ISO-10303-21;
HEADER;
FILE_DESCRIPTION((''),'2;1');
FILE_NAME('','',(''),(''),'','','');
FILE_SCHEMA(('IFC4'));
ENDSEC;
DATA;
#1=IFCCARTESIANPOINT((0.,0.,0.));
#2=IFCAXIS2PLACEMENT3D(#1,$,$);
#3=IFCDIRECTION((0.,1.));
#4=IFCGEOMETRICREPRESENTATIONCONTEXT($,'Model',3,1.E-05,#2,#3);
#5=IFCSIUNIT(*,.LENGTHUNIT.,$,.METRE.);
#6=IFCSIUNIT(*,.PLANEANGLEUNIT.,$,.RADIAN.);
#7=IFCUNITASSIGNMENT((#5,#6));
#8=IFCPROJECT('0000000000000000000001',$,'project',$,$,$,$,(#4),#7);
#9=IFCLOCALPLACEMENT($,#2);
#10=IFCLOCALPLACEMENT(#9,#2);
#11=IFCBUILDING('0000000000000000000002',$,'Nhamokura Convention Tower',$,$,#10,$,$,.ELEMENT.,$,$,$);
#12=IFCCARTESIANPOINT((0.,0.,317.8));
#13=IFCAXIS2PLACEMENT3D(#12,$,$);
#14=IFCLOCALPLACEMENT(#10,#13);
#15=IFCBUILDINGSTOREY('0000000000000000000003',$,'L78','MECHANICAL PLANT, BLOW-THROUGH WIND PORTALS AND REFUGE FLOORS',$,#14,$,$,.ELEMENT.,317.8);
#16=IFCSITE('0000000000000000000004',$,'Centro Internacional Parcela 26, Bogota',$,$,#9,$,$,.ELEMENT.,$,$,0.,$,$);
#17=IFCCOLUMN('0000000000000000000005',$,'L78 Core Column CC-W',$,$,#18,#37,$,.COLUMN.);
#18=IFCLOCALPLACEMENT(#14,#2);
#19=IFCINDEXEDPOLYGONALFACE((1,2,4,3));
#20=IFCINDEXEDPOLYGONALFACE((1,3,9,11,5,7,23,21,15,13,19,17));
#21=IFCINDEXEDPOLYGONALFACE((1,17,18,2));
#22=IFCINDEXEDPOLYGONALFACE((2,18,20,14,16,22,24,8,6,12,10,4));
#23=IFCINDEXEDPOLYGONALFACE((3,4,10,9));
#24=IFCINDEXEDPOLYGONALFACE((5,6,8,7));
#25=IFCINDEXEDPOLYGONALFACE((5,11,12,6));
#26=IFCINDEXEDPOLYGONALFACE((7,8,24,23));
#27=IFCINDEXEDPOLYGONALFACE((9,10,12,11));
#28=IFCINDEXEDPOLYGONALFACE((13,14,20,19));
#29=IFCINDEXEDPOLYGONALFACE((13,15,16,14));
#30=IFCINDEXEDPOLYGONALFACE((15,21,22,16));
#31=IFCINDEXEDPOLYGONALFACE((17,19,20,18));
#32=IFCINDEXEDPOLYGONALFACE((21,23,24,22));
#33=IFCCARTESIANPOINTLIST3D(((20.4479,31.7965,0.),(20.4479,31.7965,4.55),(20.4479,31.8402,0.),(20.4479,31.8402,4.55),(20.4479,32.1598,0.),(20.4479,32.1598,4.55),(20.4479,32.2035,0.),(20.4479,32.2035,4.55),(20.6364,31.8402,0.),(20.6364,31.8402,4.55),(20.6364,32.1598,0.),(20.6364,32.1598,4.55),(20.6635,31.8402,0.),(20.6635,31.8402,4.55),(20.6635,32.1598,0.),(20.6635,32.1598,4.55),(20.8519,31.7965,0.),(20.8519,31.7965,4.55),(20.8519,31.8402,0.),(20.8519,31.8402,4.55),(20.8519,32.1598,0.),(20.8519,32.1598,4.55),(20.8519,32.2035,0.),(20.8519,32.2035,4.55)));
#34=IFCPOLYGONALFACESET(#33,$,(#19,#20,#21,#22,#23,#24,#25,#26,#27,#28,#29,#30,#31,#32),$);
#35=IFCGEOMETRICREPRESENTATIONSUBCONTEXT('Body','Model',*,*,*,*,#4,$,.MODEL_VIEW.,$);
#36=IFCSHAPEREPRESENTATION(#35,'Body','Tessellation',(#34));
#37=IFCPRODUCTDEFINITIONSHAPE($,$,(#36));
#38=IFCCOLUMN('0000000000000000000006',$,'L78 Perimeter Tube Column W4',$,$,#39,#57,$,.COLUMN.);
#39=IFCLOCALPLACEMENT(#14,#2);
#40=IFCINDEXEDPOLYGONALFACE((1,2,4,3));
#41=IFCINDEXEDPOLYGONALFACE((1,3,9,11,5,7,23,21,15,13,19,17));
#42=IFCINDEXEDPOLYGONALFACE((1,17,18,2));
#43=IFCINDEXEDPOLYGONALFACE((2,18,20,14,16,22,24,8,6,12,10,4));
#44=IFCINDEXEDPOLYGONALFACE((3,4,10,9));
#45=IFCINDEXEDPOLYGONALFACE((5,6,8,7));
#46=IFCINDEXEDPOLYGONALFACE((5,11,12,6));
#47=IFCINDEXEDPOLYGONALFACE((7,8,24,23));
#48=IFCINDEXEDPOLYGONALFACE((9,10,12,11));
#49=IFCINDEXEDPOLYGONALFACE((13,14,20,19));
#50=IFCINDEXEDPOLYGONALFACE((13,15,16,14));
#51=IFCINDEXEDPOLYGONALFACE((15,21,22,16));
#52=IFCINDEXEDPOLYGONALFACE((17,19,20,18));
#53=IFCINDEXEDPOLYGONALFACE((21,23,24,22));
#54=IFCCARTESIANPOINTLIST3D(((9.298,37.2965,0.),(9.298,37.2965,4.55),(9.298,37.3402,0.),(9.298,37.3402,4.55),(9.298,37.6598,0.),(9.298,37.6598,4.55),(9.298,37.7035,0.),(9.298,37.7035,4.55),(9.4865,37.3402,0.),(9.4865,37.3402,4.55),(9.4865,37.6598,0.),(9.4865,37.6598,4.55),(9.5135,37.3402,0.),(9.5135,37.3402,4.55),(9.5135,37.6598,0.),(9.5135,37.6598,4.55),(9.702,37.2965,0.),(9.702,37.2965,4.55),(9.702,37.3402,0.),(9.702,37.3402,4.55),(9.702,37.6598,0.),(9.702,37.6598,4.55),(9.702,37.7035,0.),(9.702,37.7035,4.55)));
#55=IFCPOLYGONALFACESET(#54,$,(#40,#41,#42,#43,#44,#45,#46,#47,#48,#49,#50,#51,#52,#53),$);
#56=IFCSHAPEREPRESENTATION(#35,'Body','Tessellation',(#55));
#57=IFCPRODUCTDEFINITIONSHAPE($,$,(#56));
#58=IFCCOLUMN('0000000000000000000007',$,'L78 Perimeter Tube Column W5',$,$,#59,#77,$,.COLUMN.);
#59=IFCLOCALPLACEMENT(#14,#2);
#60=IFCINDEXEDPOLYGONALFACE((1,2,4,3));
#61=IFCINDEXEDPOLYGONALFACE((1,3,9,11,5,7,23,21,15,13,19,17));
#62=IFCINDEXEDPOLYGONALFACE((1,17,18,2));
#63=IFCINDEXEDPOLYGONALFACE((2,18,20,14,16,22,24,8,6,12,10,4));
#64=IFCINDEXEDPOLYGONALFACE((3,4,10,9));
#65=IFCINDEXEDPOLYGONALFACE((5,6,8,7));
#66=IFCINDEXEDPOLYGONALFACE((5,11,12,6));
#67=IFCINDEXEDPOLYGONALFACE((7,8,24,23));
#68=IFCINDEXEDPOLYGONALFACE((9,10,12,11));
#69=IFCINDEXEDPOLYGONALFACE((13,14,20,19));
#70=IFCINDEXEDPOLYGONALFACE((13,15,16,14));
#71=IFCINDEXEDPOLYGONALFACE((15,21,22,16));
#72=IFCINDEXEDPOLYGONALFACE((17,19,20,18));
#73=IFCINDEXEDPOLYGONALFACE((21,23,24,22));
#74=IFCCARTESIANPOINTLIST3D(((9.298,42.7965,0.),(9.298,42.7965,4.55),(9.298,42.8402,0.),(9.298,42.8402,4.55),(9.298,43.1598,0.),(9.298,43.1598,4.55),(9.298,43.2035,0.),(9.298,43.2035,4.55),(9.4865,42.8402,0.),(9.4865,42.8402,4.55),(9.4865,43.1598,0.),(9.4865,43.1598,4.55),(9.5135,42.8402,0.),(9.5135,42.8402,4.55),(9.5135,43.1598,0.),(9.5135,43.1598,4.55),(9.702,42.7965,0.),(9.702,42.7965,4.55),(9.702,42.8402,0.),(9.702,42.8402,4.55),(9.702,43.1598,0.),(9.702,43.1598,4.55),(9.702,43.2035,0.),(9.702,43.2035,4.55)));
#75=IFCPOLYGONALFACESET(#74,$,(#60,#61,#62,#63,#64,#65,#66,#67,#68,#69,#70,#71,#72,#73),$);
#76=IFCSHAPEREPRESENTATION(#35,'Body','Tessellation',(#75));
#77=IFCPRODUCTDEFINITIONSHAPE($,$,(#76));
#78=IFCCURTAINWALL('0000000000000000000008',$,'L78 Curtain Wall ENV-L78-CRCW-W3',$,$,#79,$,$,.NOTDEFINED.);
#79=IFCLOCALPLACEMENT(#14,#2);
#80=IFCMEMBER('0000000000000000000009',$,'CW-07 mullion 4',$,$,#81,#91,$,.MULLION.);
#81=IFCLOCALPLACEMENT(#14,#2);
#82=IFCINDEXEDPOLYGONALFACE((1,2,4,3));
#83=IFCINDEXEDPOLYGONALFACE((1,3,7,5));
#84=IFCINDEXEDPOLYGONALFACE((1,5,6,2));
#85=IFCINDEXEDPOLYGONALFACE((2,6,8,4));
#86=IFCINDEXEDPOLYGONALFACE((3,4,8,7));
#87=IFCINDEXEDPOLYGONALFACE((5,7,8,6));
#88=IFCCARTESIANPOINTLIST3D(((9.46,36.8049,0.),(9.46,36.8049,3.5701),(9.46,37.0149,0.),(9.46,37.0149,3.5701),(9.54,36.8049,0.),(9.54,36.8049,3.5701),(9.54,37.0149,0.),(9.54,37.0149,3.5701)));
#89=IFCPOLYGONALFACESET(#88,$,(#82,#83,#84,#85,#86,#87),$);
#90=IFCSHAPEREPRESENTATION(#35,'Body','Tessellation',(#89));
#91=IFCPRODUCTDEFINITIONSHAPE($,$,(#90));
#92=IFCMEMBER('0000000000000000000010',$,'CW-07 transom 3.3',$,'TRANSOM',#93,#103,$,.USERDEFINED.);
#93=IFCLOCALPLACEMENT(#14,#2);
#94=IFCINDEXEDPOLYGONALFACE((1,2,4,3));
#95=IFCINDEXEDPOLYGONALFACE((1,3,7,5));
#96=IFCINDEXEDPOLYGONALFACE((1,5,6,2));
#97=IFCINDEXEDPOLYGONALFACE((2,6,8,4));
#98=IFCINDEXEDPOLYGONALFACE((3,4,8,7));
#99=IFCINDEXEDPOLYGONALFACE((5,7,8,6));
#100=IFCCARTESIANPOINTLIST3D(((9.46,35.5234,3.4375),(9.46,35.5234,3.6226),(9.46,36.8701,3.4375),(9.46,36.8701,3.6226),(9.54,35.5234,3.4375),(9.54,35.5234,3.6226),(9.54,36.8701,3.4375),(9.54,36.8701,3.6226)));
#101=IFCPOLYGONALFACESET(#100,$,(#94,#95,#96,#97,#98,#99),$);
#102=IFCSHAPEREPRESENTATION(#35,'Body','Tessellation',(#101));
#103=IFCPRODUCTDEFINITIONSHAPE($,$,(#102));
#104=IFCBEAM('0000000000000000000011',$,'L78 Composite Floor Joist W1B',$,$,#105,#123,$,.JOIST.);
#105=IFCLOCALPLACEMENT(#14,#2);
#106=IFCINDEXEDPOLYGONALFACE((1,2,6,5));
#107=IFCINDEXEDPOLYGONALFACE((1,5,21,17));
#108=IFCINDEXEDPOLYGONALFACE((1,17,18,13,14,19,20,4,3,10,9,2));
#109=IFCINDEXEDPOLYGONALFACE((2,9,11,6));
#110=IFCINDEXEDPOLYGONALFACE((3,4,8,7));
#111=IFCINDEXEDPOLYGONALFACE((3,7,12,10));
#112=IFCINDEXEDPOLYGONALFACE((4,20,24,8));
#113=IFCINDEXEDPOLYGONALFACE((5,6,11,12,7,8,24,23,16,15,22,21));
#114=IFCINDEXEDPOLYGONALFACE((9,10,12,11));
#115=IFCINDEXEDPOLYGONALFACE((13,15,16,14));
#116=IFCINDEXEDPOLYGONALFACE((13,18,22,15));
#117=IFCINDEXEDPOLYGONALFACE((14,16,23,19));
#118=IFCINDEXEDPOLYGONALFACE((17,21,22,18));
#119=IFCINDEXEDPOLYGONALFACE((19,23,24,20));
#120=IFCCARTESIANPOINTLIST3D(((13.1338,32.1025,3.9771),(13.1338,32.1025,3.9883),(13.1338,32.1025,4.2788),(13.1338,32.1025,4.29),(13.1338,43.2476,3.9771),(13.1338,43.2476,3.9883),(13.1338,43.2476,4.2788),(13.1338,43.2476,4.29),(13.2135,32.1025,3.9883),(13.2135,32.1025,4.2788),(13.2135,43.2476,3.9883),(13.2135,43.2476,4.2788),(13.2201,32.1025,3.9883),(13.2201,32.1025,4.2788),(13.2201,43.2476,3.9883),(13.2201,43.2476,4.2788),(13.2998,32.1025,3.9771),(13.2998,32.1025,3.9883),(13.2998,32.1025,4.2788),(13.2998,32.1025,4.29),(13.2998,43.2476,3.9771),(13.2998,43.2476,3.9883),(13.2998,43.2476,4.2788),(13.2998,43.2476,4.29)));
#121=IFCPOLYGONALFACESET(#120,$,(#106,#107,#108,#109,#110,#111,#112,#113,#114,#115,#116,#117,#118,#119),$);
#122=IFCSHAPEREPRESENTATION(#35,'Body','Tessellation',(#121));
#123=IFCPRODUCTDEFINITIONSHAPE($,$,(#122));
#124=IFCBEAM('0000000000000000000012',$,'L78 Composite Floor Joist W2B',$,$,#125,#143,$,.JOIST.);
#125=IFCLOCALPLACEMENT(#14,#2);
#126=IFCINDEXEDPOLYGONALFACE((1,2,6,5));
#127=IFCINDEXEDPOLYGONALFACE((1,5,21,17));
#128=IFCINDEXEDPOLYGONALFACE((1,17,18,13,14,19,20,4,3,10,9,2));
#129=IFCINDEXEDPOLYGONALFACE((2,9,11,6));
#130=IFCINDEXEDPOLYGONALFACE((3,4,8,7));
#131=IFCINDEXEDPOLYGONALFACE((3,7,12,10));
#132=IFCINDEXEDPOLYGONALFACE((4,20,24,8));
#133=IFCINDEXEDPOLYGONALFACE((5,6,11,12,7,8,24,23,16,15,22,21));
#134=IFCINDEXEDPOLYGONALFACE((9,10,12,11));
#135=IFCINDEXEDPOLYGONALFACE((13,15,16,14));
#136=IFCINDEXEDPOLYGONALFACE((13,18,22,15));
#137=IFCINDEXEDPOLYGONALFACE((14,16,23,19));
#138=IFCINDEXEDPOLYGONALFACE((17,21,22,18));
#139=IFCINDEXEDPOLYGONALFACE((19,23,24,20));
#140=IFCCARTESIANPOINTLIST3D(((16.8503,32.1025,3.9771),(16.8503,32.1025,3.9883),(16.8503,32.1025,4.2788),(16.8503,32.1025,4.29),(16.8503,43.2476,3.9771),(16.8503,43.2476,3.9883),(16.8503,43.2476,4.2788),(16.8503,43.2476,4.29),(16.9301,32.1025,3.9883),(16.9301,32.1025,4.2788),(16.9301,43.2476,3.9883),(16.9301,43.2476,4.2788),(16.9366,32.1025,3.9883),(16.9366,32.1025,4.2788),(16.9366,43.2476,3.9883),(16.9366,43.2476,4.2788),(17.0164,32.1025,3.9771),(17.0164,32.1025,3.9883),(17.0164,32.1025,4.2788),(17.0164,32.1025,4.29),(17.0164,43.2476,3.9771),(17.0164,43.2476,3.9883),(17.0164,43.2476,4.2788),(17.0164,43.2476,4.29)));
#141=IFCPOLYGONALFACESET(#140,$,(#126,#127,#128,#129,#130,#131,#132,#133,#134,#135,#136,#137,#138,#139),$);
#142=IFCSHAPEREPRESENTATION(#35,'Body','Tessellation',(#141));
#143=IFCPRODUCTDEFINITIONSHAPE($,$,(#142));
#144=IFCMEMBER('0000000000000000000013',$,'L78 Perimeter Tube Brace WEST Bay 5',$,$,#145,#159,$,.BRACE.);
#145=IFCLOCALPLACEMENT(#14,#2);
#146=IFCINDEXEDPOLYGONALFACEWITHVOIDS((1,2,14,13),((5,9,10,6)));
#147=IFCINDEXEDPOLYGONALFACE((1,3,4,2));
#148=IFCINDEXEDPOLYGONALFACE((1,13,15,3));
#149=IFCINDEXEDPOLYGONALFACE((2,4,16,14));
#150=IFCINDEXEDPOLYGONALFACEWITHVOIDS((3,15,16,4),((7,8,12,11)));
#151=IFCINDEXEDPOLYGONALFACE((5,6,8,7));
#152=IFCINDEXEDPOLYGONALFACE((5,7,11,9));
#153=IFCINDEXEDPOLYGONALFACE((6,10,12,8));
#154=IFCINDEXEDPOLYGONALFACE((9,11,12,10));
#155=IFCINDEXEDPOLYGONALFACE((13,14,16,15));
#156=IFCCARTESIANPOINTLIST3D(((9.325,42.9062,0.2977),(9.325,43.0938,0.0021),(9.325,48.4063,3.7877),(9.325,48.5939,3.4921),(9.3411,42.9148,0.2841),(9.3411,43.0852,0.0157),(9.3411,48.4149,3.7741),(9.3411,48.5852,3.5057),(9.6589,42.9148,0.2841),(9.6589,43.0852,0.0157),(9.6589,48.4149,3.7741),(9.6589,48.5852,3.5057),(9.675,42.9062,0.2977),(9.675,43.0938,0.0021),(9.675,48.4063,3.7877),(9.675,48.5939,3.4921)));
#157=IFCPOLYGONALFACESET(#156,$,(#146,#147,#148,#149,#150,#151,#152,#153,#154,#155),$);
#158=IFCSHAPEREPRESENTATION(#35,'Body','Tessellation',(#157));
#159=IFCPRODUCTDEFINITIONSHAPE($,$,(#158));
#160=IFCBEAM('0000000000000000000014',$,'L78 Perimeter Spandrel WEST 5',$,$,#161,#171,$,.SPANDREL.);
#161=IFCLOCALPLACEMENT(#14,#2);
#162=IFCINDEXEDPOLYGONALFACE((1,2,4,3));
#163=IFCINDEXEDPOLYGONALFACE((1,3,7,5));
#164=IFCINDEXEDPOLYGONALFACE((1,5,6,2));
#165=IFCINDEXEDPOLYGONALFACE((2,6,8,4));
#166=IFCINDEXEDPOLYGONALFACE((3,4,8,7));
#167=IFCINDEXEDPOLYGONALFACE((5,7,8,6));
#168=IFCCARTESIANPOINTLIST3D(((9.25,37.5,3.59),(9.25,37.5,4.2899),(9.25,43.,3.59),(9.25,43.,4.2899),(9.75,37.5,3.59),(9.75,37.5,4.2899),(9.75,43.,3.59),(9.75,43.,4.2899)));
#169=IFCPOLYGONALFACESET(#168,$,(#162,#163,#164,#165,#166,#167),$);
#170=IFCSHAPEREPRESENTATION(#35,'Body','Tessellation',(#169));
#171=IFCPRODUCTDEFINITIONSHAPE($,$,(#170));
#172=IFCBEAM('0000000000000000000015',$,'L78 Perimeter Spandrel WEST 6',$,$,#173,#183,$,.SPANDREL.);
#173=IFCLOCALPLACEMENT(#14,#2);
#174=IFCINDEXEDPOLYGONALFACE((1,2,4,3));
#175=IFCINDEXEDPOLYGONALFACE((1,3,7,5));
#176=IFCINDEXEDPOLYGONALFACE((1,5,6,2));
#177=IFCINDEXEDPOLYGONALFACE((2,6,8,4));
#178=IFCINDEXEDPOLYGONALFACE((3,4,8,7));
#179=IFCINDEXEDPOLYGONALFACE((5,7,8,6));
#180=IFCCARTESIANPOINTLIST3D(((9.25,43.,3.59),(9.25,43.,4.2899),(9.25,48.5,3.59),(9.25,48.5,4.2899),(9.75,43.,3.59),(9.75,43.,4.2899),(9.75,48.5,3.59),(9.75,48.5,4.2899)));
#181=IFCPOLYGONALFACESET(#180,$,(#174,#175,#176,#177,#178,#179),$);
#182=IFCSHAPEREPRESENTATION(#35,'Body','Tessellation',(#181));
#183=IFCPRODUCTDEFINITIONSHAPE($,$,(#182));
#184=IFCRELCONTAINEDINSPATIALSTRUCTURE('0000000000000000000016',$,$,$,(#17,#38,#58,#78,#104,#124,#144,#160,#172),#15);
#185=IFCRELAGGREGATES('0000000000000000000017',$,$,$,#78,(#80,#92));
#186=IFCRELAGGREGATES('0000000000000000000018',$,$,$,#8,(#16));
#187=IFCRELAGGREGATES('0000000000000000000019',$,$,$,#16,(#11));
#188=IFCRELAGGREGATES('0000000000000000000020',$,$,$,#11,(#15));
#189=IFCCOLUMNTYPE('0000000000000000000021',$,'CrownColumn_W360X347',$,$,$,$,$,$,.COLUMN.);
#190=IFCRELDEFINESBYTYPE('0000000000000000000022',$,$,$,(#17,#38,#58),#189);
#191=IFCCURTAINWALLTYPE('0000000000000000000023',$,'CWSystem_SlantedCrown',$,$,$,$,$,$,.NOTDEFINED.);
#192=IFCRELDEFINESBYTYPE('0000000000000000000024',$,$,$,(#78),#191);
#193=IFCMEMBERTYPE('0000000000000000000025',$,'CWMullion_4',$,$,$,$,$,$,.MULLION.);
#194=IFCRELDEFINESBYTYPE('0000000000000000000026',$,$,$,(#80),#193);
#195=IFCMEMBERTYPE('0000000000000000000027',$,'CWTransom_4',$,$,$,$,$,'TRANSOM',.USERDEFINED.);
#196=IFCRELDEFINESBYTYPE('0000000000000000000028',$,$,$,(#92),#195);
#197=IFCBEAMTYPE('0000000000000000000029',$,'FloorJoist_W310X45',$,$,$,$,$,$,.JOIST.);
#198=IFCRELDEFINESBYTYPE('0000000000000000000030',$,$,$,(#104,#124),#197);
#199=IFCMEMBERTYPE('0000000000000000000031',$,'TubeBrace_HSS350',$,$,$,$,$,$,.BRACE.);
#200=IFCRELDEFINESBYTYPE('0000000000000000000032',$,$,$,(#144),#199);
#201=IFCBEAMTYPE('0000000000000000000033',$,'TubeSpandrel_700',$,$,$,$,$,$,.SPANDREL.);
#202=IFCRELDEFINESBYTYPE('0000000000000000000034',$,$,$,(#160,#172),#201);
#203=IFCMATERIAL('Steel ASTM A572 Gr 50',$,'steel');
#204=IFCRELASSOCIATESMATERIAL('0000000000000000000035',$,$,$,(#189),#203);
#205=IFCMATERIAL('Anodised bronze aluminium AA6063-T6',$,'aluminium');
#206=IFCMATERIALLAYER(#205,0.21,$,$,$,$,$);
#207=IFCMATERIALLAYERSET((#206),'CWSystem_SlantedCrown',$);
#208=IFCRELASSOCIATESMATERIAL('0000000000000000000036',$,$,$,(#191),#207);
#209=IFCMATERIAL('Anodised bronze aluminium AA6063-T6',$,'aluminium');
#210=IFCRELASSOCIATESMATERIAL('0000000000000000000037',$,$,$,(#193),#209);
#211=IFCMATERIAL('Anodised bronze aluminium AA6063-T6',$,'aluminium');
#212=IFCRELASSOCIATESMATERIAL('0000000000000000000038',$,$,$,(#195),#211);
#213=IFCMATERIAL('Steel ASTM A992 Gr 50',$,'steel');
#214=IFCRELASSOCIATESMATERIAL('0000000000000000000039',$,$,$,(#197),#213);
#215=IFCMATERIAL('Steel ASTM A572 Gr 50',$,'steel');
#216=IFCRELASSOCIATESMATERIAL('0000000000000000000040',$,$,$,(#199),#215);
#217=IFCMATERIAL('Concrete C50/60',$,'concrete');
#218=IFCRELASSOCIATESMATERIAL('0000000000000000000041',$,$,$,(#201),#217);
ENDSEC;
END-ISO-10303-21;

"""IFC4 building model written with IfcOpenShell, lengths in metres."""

from ifc_helpers import new_model, si_unit, direction, frame, origin, origin_2d, place, context, subcontext, project, spatial, rectangle, hollow_rectangle, i_section, extrude, material, layer, layer_set, material_profile, profile_set, type_object, element, aggregate, save


model = new_model("IFC4")

# Units and contexts
model_context = context("Model", 3, precision=1e-05, world=origin(), true_north=direction((0.0, 1.0)))
body_context = subcontext(model_context, "Body", "Model", "MODEL_VIEW")
ifc_project = project(units=[si_unit("LENGTHUNIT", "METRE"), si_unit("PLANEANGLEUNIT", "RADIAN")], contexts=[model_context])

# Site, building, storey
site_placement = place(None, origin())
site = spatial("IfcSite", under=ifc_project, at=site_placement, Name="Centro Internacional Parcela 26, Bogota", CompositionType="ELEMENT", RefElevation=0.0)
building_placement = place(site_placement, origin())
building = spatial("IfcBuilding", under=site, at=building_placement, Name="Nhamokura Convention Tower", CompositionType="ELEMENT")
storey_placement = place(building_placement, frame((0.0, 0.0, 317.8)))
storey = spatial("IfcBuildingStorey", under=building, at=storey_placement, Name="L78", Description="MECHANICAL PLANT, BLOW-THROUGH WIND PORTALS AND REFUGE FLOORS", CompositionType="ELEMENT", Elevation=317.8)

# Columns
ifc_material_1 = material(Name="Steel ASTM A572 Gr 50", Category="steel")
ifc_material_profile_1 = material_profile(ifc_material_1, i_section(OverallWidth=0.4041, OverallDepth=0.407, WebThickness=0.0271, FlangeThickness=0.0437, at=origin_2d()))
ifc_profile_set_1 = profile_set([ifc_material_profile_1], Name="Steel ASTM A572 Gr 50")
column_type = type_object("IfcColumnType", Name="CrownColumn_W360X347", PredefinedType="COLUMN", material=ifc_profile_set_1)
for number, where, z_axis, x_axis, name in (
    (1, (20.6499, 32.0, 0.0), (0.0, 0.0, 1.0), (1.0, 0.0, 0.0), "L78 Core Column CC-W"),
    (2, (9.5, 37.5, 0.0), (0.0, 0.0, 1.0), (1.0, 0.0, 0.0), "L78 Perimeter Tube Column W4"),
    (3, (9.5, 43.0, 0.0), (0.0, 0.0, 1.0), (1.0, 0.0, 0.0), "L78 Perimeter Tube Column W5"),
):
    element("IfcColumn", number, at=place(storey_placement, frame(where, z_axis=z_axis, x_axis=x_axis)), inside=storey, type_object=column_type, Name=name, PredefinedType="COLUMN", context=body_context, shape_type="SweptSolid", body=[
        extrude(i_section(OverallWidth=0.4041, OverallDepth=0.407, WebThickness=0.0271, FlangeThickness=0.0437, at=origin_2d()), origin(), (0.0, 0.0, 1.0), 4.55),
    ])

# Curtain wall, members
ifc_material_2 = material(Name="Anodised bronze aluminium AA6063-T6", Category="aluminium")
ifc_layer_1 = layer(ifc_material_2, 0.21)
ifc_layer_set_1 = layer_set([ifc_layer_1], Name="CWSystem_SlantedCrown")
curtain_wall_type = type_object("IfcCurtainWallType", Name="CWSystem_SlantedCrown", PredefinedType="NOTDEFINED", material=ifc_layer_set_1)
curtain_wall_placement = place(storey_placement, origin())
curtain_wall = element("IfcCurtainWall", 4, at=curtain_wall_placement, inside=storey, type_object=curtain_wall_type, Name="L78 Curtain Wall ENV-L78-CRCW-W3", PredefinedType="NOTDEFINED")
ifc_material_3 = material(Name="Anodised bronze aluminium AA6063-T6", Category="aluminium")
ifc_material_profile_2 = material_profile(ifc_material_3, rectangle(XDim=0.0801, YDim=0.21, at=origin_2d()))
ifc_profile_set_2 = profile_set([ifc_material_profile_2], Name="Anodised bronze aluminium AA6063-T6")
member_type_1 = type_object("IfcMemberType", Name="CWMullion_4", PredefinedType="MULLION", material=ifc_profile_set_2)
member_1_placement = place(storey_placement, frame((9.5, 36.9099, 0.0), z_axis=(0.0, 0.0, 1.0), x_axis=(-1.0, 0.0, 0.0)))
member_1 = element("IfcMember", 5, at=member_1_placement, type_object=member_type_1, Name="CW-07 mullion 4", PredefinedType="MULLION", context=body_context, shape_type="SweptSolid", body=[
    extrude(rectangle(XDim=0.0801, YDim=0.21, at=origin_2d()), origin(), (0.0, 0.0, 1.0), 3.5701),
])
ifc_material_4 = material(Name="Anodised bronze aluminium AA6063-T6", Category="aluminium")
ifc_material_profile_3 = material_profile(ifc_material_4, rectangle(XDim=0.0801, YDim=0.1851, at=origin_2d()))
ifc_profile_set_3 = profile_set([ifc_material_profile_3], Name="Anodised bronze aluminium AA6063-T6")
member_type_2 = type_object("IfcMemberType", Name="CWTransom_4", ElementType="TRANSOM", PredefinedType="USERDEFINED", material=ifc_profile_set_3)
member_2_placement = place(storey_placement, frame((9.5, 35.5234, 3.53), z_axis=(0.0, 1.0, 0.0), x_axis=(-1.0, 0.0, 0.0)))
member_2 = element("IfcMember", 6, at=member_2_placement, type_object=member_type_2, Name="CW-07 transom 3.3", ObjectType="TRANSOM", PredefinedType="USERDEFINED", context=body_context, shape_type="SweptSolid", body=[
    extrude(rectangle(XDim=0.0801, YDim=0.1851, at=origin_2d()), origin(), (0.0, 0.0, 1.0), 1.3467),
])

# Beams
ifc_material_5 = material(Name="Steel ASTM A992 Gr 50", Category="steel")
ifc_material_profile_4 = material_profile(ifc_material_5, i_section(OverallWidth=0.166, OverallDepth=0.313, WebThickness=0.0066, FlangeThickness=0.0112, at=origin_2d()))
ifc_profile_set_4 = profile_set([ifc_material_profile_4], Name="Steel ASTM A992 Gr 50")
beam_type_1 = type_object("IfcBeamType", Name="FloorJoist_W310X45", PredefinedType="JOIST", material=ifc_profile_set_4)
for number, where, z_axis, x_axis, name in (
    (7, (13.2168, 32.1025, 4.1335), (0.0, 1.0, 0.0), (-1.0, 0.0, 0.0), "L78 Composite Floor Joist W1B"),
    (8, (16.9333, 32.1025, 4.1335), (0.0, 1.0, 0.0), (-1.0, 0.0, 0.0), "L78 Composite Floor Joist W2B"),
):
    element("IfcBeam", number, at=place(storey_placement, frame(where, z_axis=z_axis, x_axis=x_axis)), inside=storey, type_object=beam_type_1, Name=name, PredefinedType="JOIST", context=body_context, shape_type="SweptSolid", body=[
        extrude(i_section(OverallWidth=0.166, OverallDepth=0.313, WebThickness=0.0066, FlangeThickness=0.0112, at=origin_2d()), origin(), (0.0, 0.0, 1.0), 11.145),
    ])

# Member
ifc_material_6 = material(Name="Steel ASTM A572 Gr 50", Category="steel")
ifc_material_profile_5 = material_profile(ifc_material_6, hollow_rectangle(XDim=0.3501, YDim=0.3501, WallThickness=0.0161, at=origin_2d()))
ifc_profile_set_5 = profile_set([ifc_material_profile_5], Name="Steel ASTM A572 Gr 50")
member_type_3 = type_object("IfcMemberType", Name="TubeBrace_HSS350", PredefinedType="BRACE", material=ifc_profile_set_5)
member_3_placement = place(storey_placement, frame((9.5, 43.0, 0.1499), z_axis=(0.0, 0.844357, 0.535781), x_axis=(-1.0, 0.0, 0.0)))
element("IfcMember", 9, at=member_3_placement, inside=storey, type_object=member_type_3, Name="L78 Perimeter Tube Brace WEST Bay 5", PredefinedType="BRACE", context=body_context, shape_type="SweptSolid", body=[
    extrude(hollow_rectangle(XDim=0.3501, YDim=0.3501, WallThickness=0.0161, at=origin_2d()), origin(), (0.0, 0.0, 1.0), 6.5139),
])

# Beams
ifc_material_7 = material(Name="Concrete C50/60", Category="concrete")
ifc_material_profile_6 = material_profile(ifc_material_7, rectangle(XDim=0.5, YDim=0.7, at=origin_2d()))
ifc_profile_set_6 = profile_set([ifc_material_profile_6], Name="Concrete C50/60")
beam_type_2 = type_object("IfcBeamType", Name="TubeSpandrel_700", PredefinedType="SPANDREL", material=ifc_profile_set_6)
for number, where, z_axis, x_axis, name in (
    (10, (9.5, 37.5, 3.9399), (0.0, 1.0, 0.0), (-1.0, 0.0, 0.0), "L78 Perimeter Spandrel WEST 5"),
    (11, (9.5, 43.0, 3.9399), (0.0, 1.0, 0.0), (-1.0, 0.0, 0.0), "L78 Perimeter Spandrel WEST 6"),
):
    element("IfcBeam", number, at=place(storey_placement, frame(where, z_axis=z_axis, x_axis=x_axis)), inside=storey, type_object=beam_type_2, Name=name, PredefinedType="SPANDREL", context=body_context, shape_type="SweptSolid", body=[
        extrude(rectangle(XDim=0.5, YDim=0.7, at=origin_2d()), origin(), (0.0, 0.0, 1.0), 5.5),
    ])

aggregate(curtain_wall, [member_1, member_2])

save(model, "model.ifc")
